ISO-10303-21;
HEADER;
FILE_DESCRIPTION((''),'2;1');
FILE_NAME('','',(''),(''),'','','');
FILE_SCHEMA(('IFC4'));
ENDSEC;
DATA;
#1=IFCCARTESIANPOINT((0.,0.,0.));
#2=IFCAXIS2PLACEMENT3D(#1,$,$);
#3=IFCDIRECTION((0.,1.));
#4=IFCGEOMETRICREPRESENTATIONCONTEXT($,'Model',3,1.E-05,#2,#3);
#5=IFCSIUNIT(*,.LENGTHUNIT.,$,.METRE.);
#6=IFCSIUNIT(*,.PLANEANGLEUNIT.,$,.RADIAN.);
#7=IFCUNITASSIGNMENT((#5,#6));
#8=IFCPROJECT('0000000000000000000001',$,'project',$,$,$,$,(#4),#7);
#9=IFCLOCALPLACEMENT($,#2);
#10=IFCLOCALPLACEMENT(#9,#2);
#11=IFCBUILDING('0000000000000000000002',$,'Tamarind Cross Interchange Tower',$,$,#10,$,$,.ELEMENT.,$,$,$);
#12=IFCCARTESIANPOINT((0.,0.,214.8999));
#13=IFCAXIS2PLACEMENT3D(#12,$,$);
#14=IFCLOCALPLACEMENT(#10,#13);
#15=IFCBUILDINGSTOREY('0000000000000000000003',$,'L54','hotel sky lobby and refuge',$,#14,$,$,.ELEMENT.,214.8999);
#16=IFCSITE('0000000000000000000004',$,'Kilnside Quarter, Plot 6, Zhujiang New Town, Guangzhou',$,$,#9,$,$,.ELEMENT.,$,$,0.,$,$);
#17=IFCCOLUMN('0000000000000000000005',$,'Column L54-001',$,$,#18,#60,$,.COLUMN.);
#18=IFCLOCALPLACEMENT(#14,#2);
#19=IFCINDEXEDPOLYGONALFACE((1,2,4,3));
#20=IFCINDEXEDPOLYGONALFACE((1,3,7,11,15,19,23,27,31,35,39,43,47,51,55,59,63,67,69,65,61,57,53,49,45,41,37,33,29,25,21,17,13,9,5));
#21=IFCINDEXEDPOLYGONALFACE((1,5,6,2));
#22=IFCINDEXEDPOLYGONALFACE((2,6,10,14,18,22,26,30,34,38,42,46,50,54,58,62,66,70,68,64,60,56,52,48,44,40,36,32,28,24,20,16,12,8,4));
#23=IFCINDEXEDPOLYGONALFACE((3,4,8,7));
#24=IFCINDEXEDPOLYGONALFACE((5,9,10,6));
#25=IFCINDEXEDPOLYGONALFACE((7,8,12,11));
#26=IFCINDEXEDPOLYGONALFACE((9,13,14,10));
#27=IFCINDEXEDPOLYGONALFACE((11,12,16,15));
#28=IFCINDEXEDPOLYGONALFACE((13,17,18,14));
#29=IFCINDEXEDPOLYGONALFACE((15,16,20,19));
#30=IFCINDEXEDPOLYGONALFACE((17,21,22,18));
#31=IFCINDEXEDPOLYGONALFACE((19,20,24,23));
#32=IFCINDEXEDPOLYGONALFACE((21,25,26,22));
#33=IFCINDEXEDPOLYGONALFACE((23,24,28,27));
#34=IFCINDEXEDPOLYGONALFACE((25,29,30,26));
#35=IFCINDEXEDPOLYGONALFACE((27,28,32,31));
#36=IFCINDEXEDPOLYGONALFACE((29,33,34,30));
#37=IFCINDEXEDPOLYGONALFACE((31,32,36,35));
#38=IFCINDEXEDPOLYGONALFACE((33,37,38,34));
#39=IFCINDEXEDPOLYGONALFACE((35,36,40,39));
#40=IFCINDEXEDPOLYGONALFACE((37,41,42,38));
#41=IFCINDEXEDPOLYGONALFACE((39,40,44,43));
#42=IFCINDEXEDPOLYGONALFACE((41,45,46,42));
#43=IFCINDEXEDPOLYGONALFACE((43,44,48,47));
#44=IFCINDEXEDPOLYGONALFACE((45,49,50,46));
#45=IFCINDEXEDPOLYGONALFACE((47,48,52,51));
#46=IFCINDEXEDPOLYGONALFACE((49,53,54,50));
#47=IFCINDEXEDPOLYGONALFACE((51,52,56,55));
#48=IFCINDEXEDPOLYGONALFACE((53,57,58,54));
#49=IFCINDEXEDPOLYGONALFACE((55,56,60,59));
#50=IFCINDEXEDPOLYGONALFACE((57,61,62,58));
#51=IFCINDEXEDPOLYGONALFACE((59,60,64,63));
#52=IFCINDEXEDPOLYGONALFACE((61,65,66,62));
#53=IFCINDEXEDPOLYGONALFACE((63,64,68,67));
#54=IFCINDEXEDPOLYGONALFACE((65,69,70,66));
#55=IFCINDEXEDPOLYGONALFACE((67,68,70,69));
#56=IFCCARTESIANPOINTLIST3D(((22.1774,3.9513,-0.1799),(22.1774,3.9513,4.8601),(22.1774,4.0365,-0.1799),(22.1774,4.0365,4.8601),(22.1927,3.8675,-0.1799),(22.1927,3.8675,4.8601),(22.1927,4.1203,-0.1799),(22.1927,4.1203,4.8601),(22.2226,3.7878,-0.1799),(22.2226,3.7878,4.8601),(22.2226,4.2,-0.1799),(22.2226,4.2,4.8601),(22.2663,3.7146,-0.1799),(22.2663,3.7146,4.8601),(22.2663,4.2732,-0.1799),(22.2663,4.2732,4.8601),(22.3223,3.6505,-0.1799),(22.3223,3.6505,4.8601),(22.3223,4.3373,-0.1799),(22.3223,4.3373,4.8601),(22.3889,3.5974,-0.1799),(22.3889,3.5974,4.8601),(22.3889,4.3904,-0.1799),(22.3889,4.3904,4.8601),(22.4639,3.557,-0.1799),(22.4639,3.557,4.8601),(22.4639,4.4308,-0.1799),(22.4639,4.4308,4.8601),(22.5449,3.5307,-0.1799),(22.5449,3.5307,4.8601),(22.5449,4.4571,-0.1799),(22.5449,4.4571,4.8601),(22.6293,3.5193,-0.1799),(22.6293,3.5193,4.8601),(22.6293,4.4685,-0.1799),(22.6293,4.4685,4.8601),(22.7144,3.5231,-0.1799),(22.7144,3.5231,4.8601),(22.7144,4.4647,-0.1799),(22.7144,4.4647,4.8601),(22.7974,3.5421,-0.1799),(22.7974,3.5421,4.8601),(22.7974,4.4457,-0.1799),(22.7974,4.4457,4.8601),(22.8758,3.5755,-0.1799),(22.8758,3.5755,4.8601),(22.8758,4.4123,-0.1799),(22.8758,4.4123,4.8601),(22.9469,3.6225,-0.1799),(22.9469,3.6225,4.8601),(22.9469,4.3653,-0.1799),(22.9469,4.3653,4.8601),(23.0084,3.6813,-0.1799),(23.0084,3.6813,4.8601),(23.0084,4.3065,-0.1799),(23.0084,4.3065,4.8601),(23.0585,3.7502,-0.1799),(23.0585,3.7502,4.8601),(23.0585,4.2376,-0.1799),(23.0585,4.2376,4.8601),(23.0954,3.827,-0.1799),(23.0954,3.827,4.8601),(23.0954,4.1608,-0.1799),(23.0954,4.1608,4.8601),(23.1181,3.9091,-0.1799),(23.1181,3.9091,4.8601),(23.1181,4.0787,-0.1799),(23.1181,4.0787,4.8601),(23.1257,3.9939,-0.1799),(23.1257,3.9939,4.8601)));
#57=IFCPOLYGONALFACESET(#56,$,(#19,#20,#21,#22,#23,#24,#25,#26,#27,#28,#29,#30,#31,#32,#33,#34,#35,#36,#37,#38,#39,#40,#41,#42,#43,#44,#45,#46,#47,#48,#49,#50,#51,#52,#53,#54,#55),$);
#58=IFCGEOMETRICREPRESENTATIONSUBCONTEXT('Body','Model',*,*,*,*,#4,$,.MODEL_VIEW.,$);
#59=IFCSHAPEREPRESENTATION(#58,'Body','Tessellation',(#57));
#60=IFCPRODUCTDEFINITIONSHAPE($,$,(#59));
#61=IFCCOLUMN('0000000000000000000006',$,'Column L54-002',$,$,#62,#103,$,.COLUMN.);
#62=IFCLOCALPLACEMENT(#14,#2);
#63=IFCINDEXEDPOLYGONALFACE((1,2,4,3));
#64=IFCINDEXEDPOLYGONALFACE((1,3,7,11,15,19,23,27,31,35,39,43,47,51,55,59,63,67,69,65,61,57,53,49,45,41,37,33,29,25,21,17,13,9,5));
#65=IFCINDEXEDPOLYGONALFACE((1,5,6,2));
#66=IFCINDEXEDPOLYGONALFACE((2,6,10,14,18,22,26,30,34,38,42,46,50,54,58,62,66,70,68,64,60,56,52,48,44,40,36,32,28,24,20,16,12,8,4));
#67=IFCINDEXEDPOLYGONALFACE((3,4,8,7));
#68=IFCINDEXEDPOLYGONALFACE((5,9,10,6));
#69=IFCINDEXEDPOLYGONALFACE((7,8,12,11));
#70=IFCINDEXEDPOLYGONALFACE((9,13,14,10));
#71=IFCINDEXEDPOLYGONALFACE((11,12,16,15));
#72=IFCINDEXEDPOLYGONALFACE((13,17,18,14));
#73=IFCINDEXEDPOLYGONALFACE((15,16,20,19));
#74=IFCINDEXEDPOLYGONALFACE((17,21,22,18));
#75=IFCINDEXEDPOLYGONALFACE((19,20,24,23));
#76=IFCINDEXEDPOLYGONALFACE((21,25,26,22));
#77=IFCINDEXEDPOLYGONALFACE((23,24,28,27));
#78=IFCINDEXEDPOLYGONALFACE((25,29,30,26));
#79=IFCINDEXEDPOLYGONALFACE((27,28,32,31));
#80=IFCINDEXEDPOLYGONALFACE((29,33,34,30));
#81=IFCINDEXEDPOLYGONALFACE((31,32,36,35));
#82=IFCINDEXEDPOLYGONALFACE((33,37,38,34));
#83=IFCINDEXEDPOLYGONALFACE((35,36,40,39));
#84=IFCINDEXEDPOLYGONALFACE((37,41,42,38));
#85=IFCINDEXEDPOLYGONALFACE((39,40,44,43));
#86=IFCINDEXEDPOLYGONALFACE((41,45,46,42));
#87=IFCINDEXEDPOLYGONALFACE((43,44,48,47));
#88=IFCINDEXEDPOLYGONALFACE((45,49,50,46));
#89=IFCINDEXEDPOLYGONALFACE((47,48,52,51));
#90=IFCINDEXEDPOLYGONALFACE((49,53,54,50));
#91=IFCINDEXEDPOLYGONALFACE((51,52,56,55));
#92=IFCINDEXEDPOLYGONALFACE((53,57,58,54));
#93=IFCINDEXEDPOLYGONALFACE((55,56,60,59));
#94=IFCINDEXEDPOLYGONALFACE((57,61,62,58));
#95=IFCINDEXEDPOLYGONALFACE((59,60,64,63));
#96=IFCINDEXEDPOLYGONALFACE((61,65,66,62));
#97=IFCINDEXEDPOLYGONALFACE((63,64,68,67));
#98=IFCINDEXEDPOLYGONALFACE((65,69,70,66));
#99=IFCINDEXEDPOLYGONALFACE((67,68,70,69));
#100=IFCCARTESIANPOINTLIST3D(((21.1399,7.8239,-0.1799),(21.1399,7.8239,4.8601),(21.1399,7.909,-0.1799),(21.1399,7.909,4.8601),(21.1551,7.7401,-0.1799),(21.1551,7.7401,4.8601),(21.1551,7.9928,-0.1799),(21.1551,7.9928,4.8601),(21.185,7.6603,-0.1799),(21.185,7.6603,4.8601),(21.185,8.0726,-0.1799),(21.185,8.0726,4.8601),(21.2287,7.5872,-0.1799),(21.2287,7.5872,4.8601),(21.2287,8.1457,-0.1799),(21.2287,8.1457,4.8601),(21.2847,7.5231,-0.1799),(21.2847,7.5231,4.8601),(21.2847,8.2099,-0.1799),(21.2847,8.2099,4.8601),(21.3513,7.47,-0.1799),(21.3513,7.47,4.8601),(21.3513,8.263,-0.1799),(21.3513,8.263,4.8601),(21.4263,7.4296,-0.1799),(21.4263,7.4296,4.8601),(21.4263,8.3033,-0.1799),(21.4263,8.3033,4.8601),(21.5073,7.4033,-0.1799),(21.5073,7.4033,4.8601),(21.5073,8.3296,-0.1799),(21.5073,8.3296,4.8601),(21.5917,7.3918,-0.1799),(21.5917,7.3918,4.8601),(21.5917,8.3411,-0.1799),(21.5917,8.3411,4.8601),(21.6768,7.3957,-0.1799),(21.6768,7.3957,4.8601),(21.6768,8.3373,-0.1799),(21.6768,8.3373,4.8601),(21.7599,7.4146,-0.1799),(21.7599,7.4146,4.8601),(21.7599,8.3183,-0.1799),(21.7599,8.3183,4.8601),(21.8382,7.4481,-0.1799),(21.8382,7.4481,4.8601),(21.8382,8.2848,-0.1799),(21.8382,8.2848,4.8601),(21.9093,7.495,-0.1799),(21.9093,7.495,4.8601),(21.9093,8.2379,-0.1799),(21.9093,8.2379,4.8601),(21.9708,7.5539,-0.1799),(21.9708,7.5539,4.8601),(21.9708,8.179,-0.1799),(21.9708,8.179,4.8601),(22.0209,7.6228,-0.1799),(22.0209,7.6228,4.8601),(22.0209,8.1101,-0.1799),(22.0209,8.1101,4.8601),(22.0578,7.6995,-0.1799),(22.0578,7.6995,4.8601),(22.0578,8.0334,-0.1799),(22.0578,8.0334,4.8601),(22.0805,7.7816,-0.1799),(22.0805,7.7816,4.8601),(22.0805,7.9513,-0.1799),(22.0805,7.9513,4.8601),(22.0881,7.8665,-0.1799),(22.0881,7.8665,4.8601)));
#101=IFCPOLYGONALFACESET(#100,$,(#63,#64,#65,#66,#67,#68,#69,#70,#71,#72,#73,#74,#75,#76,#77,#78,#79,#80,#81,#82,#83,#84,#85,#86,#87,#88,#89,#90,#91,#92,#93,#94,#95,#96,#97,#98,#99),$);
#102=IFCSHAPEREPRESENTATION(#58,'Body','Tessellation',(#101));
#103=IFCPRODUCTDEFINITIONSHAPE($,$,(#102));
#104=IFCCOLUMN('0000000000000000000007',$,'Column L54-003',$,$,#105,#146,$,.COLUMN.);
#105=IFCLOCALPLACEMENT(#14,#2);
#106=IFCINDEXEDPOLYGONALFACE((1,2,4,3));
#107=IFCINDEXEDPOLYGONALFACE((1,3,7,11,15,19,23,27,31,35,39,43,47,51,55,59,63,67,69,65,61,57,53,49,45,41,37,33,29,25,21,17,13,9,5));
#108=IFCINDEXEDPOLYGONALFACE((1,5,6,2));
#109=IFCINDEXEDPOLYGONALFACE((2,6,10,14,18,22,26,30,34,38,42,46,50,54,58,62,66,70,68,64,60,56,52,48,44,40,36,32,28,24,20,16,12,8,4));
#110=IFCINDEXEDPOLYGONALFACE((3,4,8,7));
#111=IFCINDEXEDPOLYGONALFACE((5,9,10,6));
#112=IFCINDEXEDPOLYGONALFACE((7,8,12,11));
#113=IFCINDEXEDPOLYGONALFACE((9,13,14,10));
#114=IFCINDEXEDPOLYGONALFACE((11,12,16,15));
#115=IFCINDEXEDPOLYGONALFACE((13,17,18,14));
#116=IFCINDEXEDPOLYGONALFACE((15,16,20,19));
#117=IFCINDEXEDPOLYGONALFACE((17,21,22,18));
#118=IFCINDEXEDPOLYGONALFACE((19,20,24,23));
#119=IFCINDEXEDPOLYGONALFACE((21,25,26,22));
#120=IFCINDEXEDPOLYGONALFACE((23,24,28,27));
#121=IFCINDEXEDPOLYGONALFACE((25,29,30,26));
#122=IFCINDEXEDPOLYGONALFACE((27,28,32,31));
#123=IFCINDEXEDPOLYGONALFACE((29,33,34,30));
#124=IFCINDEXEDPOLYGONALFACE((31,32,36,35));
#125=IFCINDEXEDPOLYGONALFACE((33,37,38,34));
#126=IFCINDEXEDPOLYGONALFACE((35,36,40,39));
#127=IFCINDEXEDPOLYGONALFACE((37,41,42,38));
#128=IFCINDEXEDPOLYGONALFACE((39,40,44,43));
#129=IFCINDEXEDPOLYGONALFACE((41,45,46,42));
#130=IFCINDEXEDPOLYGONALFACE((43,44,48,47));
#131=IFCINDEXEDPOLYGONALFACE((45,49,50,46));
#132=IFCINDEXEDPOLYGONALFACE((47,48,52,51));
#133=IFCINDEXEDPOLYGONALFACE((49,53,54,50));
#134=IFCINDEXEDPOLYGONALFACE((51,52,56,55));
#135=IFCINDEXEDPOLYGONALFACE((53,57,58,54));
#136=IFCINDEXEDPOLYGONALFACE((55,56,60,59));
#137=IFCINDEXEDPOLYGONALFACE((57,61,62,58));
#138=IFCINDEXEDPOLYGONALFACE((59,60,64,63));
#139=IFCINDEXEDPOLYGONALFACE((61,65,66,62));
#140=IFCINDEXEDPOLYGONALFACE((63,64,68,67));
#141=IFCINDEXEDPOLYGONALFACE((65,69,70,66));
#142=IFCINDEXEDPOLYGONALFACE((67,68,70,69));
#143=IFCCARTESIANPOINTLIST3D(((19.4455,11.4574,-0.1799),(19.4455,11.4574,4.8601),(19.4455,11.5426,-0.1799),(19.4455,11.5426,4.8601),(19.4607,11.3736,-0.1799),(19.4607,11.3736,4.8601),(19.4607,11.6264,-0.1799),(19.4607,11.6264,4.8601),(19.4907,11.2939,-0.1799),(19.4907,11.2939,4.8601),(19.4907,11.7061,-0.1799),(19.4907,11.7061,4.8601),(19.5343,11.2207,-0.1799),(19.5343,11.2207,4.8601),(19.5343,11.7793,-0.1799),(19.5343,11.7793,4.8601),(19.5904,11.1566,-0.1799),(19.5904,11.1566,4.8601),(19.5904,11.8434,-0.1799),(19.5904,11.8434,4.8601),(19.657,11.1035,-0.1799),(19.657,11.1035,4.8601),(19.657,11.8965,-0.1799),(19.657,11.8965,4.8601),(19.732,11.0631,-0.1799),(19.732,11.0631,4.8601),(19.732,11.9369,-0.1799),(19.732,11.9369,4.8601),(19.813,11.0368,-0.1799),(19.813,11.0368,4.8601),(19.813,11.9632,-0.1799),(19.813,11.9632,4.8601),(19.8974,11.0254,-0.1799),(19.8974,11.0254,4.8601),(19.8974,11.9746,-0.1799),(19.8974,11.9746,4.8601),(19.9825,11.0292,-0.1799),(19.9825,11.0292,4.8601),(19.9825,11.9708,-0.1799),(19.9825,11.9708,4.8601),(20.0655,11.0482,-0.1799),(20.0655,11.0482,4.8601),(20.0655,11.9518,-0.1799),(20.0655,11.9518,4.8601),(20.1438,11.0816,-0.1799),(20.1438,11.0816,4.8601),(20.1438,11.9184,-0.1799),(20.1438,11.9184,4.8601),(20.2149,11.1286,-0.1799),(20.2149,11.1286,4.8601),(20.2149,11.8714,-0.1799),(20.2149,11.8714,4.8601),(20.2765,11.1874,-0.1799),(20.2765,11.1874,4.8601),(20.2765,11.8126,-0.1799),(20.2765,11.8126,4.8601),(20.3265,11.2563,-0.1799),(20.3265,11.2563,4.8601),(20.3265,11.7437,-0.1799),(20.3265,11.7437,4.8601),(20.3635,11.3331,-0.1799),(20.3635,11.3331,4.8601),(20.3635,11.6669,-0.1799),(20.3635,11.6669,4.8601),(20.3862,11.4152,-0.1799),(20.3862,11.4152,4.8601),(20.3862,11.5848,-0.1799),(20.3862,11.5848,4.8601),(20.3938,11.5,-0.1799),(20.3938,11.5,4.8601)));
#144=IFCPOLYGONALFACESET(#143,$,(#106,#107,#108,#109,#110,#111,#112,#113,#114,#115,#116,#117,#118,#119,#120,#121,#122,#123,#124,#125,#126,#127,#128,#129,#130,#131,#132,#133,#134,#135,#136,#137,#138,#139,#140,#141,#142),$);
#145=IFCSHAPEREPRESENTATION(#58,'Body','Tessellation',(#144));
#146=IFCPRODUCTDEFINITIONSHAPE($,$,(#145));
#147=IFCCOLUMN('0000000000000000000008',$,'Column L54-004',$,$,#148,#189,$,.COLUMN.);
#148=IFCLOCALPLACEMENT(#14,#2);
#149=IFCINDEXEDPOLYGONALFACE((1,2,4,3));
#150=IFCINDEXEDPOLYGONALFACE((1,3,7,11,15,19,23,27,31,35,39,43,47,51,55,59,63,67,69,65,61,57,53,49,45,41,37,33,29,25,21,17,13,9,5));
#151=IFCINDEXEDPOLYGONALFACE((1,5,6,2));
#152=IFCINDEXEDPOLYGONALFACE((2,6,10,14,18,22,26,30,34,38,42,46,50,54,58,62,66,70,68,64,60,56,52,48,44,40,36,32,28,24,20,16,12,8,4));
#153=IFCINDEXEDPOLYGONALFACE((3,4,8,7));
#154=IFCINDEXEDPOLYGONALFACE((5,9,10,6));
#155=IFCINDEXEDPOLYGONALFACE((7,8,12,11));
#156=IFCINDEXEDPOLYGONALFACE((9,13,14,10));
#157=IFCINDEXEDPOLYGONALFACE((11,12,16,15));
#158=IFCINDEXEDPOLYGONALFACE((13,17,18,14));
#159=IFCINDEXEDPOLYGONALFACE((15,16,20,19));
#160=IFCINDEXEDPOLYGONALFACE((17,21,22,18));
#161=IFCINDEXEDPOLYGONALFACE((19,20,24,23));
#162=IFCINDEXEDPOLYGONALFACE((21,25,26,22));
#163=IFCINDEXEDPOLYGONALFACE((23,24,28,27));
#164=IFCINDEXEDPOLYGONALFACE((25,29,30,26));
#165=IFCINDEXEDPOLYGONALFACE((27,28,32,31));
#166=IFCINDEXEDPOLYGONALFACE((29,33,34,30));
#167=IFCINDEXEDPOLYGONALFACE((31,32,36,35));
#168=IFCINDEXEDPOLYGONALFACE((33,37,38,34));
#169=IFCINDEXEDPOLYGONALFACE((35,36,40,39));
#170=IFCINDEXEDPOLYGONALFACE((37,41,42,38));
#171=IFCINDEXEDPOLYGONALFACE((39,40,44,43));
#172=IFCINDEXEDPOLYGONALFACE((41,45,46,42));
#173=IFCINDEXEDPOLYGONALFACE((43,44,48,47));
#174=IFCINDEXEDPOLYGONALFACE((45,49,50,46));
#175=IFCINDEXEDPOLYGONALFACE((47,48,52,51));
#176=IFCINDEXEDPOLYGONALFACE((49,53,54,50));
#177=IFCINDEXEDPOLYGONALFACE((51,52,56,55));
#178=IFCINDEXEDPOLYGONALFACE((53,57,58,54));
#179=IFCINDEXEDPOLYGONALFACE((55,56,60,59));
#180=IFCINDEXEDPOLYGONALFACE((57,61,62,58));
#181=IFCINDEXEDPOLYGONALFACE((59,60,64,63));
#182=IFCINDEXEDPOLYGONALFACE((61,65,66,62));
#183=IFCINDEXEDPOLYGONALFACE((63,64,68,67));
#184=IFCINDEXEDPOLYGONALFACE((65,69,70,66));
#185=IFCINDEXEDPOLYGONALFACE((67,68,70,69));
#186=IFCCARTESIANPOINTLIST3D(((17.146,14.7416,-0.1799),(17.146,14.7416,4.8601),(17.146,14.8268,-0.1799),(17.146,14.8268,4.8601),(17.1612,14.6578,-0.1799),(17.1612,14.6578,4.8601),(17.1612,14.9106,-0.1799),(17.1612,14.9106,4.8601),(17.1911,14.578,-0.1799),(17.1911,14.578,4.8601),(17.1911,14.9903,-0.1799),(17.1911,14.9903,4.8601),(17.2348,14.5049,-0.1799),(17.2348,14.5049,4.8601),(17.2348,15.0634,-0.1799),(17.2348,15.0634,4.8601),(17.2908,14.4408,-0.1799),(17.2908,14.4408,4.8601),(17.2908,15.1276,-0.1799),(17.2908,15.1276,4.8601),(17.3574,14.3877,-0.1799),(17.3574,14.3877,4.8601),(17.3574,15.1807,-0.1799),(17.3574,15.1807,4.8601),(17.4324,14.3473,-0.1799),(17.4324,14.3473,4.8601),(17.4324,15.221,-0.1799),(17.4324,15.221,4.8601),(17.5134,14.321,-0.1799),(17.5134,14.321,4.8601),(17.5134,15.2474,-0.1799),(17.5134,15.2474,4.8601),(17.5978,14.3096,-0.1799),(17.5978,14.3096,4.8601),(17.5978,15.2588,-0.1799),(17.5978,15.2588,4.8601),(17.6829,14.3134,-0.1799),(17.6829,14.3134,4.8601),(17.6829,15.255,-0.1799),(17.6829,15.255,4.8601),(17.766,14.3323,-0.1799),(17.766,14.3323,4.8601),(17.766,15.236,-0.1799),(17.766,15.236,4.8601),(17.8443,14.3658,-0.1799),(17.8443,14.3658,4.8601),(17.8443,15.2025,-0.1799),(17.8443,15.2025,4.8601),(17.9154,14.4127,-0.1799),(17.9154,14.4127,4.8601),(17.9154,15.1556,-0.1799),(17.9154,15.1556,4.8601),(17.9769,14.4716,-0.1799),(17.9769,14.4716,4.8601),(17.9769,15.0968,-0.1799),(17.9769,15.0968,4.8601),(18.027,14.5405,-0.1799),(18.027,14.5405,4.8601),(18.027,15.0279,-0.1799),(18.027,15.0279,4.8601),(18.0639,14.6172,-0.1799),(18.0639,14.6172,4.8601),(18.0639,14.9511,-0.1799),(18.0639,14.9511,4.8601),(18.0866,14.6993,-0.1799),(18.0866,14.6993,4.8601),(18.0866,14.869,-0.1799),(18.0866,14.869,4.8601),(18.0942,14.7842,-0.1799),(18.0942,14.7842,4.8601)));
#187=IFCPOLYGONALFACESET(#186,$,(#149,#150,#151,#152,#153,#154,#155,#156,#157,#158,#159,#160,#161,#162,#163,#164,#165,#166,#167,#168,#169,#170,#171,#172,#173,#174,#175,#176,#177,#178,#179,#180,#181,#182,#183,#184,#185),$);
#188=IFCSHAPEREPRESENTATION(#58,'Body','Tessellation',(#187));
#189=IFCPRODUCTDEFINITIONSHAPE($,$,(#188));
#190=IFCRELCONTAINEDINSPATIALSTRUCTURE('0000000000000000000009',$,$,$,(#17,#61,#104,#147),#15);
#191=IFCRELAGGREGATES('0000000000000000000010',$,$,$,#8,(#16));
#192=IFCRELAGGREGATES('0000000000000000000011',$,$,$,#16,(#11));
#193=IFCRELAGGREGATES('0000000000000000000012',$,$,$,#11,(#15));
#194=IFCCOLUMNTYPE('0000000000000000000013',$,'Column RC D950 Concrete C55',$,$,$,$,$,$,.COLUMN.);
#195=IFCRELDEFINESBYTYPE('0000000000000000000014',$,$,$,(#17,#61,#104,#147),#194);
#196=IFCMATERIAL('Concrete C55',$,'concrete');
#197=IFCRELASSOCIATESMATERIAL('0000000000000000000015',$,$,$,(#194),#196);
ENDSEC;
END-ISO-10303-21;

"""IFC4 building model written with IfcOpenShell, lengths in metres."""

from ifc_helpers import new_model, si_unit, direction, frame, origin, origin_2d, place, context, subcontext, project, spatial, circle, extrude, material, material_profile, profile_set, type_object, element, save


model = new_model("IFC4")

# Units and contexts
model_context = context("Model", 3, precision=1e-05, world=origin(), true_north=direction((0.0, 1.0)))
body_context = subcontext(model_context, "Body", "Model", "MODEL_VIEW")
ifc_project = project(units=[si_unit("LENGTHUNIT", "METRE"), si_unit("PLANEANGLEUNIT", "RADIAN")], contexts=[model_context])

# Site, building, storey
site_placement = place(None, origin())
site = spatial("IfcSite", under=ifc_project, at=site_placement, Name="Kilnside Quarter, Plot 6, Zhujiang New Town, Guangzhou", CompositionType="ELEMENT", RefElevation=0.0)
building_placement = place(site_placement, origin())
building = spatial("IfcBuilding", under=site, at=building_placement, Name="Tamarind Cross Interchange Tower", CompositionType="ELEMENT")
storey_placement = place(building_placement, frame((0.0, 0.0, 214.8999)))
storey = spatial("IfcBuildingStorey", under=building, at=storey_placement, Name="L54", Description="hotel sky lobby and refuge", CompositionType="ELEMENT", Elevation=214.8999)

# Columns
ifc_material_1 = material(Name="Concrete C55", Category="concrete")
ifc_material_profile_1 = material_profile(ifc_material_1, circle(Radius=0.4751, at=origin_2d()), Name="RC D950")
ifc_profile_set_1 = profile_set([ifc_material_profile_1], Name="Concrete C55")
column_type = type_object("IfcColumnType", Name="Column RC D950 Concrete C55", PredefinedType="COLUMN", material=ifc_profile_set_1)
for number, where, z_axis, x_axis, name in (
    (1, (22.6506, 3.9939, -0.1799), (0.0, 0.0, 1.0), (1.0, 0.0, 0.0), "Column L54-001"),
    (2, (21.613, 7.8665, -0.1799), (0.0, 0.0, 1.0), (1.0, 0.0, 0.0), "Column L54-002"),
    (3, (19.9187, 11.5, -0.1799), (0.0, 0.0, 1.0), (1.0, 0.0, 0.0), "Column L54-003"),
    (4, (17.6191, 14.7842, -0.1799), (0.0, 0.0, 1.0), (1.0, 0.0, 0.0), "Column L54-004"),
):
    element("IfcColumn", number, at=place(storey_placement, frame(where, z_axis=z_axis, x_axis=x_axis)), inside=storey, type_object=column_type, Name=name, PredefinedType="COLUMN", context=body_context, shape_type="SweptSolid", body=[
        extrude(circle(Radius=0.4751, at=origin_2d()), origin(), (0.0, 0.0, 1.0), 5.04),
    ])

save(model, "model.ifc")
